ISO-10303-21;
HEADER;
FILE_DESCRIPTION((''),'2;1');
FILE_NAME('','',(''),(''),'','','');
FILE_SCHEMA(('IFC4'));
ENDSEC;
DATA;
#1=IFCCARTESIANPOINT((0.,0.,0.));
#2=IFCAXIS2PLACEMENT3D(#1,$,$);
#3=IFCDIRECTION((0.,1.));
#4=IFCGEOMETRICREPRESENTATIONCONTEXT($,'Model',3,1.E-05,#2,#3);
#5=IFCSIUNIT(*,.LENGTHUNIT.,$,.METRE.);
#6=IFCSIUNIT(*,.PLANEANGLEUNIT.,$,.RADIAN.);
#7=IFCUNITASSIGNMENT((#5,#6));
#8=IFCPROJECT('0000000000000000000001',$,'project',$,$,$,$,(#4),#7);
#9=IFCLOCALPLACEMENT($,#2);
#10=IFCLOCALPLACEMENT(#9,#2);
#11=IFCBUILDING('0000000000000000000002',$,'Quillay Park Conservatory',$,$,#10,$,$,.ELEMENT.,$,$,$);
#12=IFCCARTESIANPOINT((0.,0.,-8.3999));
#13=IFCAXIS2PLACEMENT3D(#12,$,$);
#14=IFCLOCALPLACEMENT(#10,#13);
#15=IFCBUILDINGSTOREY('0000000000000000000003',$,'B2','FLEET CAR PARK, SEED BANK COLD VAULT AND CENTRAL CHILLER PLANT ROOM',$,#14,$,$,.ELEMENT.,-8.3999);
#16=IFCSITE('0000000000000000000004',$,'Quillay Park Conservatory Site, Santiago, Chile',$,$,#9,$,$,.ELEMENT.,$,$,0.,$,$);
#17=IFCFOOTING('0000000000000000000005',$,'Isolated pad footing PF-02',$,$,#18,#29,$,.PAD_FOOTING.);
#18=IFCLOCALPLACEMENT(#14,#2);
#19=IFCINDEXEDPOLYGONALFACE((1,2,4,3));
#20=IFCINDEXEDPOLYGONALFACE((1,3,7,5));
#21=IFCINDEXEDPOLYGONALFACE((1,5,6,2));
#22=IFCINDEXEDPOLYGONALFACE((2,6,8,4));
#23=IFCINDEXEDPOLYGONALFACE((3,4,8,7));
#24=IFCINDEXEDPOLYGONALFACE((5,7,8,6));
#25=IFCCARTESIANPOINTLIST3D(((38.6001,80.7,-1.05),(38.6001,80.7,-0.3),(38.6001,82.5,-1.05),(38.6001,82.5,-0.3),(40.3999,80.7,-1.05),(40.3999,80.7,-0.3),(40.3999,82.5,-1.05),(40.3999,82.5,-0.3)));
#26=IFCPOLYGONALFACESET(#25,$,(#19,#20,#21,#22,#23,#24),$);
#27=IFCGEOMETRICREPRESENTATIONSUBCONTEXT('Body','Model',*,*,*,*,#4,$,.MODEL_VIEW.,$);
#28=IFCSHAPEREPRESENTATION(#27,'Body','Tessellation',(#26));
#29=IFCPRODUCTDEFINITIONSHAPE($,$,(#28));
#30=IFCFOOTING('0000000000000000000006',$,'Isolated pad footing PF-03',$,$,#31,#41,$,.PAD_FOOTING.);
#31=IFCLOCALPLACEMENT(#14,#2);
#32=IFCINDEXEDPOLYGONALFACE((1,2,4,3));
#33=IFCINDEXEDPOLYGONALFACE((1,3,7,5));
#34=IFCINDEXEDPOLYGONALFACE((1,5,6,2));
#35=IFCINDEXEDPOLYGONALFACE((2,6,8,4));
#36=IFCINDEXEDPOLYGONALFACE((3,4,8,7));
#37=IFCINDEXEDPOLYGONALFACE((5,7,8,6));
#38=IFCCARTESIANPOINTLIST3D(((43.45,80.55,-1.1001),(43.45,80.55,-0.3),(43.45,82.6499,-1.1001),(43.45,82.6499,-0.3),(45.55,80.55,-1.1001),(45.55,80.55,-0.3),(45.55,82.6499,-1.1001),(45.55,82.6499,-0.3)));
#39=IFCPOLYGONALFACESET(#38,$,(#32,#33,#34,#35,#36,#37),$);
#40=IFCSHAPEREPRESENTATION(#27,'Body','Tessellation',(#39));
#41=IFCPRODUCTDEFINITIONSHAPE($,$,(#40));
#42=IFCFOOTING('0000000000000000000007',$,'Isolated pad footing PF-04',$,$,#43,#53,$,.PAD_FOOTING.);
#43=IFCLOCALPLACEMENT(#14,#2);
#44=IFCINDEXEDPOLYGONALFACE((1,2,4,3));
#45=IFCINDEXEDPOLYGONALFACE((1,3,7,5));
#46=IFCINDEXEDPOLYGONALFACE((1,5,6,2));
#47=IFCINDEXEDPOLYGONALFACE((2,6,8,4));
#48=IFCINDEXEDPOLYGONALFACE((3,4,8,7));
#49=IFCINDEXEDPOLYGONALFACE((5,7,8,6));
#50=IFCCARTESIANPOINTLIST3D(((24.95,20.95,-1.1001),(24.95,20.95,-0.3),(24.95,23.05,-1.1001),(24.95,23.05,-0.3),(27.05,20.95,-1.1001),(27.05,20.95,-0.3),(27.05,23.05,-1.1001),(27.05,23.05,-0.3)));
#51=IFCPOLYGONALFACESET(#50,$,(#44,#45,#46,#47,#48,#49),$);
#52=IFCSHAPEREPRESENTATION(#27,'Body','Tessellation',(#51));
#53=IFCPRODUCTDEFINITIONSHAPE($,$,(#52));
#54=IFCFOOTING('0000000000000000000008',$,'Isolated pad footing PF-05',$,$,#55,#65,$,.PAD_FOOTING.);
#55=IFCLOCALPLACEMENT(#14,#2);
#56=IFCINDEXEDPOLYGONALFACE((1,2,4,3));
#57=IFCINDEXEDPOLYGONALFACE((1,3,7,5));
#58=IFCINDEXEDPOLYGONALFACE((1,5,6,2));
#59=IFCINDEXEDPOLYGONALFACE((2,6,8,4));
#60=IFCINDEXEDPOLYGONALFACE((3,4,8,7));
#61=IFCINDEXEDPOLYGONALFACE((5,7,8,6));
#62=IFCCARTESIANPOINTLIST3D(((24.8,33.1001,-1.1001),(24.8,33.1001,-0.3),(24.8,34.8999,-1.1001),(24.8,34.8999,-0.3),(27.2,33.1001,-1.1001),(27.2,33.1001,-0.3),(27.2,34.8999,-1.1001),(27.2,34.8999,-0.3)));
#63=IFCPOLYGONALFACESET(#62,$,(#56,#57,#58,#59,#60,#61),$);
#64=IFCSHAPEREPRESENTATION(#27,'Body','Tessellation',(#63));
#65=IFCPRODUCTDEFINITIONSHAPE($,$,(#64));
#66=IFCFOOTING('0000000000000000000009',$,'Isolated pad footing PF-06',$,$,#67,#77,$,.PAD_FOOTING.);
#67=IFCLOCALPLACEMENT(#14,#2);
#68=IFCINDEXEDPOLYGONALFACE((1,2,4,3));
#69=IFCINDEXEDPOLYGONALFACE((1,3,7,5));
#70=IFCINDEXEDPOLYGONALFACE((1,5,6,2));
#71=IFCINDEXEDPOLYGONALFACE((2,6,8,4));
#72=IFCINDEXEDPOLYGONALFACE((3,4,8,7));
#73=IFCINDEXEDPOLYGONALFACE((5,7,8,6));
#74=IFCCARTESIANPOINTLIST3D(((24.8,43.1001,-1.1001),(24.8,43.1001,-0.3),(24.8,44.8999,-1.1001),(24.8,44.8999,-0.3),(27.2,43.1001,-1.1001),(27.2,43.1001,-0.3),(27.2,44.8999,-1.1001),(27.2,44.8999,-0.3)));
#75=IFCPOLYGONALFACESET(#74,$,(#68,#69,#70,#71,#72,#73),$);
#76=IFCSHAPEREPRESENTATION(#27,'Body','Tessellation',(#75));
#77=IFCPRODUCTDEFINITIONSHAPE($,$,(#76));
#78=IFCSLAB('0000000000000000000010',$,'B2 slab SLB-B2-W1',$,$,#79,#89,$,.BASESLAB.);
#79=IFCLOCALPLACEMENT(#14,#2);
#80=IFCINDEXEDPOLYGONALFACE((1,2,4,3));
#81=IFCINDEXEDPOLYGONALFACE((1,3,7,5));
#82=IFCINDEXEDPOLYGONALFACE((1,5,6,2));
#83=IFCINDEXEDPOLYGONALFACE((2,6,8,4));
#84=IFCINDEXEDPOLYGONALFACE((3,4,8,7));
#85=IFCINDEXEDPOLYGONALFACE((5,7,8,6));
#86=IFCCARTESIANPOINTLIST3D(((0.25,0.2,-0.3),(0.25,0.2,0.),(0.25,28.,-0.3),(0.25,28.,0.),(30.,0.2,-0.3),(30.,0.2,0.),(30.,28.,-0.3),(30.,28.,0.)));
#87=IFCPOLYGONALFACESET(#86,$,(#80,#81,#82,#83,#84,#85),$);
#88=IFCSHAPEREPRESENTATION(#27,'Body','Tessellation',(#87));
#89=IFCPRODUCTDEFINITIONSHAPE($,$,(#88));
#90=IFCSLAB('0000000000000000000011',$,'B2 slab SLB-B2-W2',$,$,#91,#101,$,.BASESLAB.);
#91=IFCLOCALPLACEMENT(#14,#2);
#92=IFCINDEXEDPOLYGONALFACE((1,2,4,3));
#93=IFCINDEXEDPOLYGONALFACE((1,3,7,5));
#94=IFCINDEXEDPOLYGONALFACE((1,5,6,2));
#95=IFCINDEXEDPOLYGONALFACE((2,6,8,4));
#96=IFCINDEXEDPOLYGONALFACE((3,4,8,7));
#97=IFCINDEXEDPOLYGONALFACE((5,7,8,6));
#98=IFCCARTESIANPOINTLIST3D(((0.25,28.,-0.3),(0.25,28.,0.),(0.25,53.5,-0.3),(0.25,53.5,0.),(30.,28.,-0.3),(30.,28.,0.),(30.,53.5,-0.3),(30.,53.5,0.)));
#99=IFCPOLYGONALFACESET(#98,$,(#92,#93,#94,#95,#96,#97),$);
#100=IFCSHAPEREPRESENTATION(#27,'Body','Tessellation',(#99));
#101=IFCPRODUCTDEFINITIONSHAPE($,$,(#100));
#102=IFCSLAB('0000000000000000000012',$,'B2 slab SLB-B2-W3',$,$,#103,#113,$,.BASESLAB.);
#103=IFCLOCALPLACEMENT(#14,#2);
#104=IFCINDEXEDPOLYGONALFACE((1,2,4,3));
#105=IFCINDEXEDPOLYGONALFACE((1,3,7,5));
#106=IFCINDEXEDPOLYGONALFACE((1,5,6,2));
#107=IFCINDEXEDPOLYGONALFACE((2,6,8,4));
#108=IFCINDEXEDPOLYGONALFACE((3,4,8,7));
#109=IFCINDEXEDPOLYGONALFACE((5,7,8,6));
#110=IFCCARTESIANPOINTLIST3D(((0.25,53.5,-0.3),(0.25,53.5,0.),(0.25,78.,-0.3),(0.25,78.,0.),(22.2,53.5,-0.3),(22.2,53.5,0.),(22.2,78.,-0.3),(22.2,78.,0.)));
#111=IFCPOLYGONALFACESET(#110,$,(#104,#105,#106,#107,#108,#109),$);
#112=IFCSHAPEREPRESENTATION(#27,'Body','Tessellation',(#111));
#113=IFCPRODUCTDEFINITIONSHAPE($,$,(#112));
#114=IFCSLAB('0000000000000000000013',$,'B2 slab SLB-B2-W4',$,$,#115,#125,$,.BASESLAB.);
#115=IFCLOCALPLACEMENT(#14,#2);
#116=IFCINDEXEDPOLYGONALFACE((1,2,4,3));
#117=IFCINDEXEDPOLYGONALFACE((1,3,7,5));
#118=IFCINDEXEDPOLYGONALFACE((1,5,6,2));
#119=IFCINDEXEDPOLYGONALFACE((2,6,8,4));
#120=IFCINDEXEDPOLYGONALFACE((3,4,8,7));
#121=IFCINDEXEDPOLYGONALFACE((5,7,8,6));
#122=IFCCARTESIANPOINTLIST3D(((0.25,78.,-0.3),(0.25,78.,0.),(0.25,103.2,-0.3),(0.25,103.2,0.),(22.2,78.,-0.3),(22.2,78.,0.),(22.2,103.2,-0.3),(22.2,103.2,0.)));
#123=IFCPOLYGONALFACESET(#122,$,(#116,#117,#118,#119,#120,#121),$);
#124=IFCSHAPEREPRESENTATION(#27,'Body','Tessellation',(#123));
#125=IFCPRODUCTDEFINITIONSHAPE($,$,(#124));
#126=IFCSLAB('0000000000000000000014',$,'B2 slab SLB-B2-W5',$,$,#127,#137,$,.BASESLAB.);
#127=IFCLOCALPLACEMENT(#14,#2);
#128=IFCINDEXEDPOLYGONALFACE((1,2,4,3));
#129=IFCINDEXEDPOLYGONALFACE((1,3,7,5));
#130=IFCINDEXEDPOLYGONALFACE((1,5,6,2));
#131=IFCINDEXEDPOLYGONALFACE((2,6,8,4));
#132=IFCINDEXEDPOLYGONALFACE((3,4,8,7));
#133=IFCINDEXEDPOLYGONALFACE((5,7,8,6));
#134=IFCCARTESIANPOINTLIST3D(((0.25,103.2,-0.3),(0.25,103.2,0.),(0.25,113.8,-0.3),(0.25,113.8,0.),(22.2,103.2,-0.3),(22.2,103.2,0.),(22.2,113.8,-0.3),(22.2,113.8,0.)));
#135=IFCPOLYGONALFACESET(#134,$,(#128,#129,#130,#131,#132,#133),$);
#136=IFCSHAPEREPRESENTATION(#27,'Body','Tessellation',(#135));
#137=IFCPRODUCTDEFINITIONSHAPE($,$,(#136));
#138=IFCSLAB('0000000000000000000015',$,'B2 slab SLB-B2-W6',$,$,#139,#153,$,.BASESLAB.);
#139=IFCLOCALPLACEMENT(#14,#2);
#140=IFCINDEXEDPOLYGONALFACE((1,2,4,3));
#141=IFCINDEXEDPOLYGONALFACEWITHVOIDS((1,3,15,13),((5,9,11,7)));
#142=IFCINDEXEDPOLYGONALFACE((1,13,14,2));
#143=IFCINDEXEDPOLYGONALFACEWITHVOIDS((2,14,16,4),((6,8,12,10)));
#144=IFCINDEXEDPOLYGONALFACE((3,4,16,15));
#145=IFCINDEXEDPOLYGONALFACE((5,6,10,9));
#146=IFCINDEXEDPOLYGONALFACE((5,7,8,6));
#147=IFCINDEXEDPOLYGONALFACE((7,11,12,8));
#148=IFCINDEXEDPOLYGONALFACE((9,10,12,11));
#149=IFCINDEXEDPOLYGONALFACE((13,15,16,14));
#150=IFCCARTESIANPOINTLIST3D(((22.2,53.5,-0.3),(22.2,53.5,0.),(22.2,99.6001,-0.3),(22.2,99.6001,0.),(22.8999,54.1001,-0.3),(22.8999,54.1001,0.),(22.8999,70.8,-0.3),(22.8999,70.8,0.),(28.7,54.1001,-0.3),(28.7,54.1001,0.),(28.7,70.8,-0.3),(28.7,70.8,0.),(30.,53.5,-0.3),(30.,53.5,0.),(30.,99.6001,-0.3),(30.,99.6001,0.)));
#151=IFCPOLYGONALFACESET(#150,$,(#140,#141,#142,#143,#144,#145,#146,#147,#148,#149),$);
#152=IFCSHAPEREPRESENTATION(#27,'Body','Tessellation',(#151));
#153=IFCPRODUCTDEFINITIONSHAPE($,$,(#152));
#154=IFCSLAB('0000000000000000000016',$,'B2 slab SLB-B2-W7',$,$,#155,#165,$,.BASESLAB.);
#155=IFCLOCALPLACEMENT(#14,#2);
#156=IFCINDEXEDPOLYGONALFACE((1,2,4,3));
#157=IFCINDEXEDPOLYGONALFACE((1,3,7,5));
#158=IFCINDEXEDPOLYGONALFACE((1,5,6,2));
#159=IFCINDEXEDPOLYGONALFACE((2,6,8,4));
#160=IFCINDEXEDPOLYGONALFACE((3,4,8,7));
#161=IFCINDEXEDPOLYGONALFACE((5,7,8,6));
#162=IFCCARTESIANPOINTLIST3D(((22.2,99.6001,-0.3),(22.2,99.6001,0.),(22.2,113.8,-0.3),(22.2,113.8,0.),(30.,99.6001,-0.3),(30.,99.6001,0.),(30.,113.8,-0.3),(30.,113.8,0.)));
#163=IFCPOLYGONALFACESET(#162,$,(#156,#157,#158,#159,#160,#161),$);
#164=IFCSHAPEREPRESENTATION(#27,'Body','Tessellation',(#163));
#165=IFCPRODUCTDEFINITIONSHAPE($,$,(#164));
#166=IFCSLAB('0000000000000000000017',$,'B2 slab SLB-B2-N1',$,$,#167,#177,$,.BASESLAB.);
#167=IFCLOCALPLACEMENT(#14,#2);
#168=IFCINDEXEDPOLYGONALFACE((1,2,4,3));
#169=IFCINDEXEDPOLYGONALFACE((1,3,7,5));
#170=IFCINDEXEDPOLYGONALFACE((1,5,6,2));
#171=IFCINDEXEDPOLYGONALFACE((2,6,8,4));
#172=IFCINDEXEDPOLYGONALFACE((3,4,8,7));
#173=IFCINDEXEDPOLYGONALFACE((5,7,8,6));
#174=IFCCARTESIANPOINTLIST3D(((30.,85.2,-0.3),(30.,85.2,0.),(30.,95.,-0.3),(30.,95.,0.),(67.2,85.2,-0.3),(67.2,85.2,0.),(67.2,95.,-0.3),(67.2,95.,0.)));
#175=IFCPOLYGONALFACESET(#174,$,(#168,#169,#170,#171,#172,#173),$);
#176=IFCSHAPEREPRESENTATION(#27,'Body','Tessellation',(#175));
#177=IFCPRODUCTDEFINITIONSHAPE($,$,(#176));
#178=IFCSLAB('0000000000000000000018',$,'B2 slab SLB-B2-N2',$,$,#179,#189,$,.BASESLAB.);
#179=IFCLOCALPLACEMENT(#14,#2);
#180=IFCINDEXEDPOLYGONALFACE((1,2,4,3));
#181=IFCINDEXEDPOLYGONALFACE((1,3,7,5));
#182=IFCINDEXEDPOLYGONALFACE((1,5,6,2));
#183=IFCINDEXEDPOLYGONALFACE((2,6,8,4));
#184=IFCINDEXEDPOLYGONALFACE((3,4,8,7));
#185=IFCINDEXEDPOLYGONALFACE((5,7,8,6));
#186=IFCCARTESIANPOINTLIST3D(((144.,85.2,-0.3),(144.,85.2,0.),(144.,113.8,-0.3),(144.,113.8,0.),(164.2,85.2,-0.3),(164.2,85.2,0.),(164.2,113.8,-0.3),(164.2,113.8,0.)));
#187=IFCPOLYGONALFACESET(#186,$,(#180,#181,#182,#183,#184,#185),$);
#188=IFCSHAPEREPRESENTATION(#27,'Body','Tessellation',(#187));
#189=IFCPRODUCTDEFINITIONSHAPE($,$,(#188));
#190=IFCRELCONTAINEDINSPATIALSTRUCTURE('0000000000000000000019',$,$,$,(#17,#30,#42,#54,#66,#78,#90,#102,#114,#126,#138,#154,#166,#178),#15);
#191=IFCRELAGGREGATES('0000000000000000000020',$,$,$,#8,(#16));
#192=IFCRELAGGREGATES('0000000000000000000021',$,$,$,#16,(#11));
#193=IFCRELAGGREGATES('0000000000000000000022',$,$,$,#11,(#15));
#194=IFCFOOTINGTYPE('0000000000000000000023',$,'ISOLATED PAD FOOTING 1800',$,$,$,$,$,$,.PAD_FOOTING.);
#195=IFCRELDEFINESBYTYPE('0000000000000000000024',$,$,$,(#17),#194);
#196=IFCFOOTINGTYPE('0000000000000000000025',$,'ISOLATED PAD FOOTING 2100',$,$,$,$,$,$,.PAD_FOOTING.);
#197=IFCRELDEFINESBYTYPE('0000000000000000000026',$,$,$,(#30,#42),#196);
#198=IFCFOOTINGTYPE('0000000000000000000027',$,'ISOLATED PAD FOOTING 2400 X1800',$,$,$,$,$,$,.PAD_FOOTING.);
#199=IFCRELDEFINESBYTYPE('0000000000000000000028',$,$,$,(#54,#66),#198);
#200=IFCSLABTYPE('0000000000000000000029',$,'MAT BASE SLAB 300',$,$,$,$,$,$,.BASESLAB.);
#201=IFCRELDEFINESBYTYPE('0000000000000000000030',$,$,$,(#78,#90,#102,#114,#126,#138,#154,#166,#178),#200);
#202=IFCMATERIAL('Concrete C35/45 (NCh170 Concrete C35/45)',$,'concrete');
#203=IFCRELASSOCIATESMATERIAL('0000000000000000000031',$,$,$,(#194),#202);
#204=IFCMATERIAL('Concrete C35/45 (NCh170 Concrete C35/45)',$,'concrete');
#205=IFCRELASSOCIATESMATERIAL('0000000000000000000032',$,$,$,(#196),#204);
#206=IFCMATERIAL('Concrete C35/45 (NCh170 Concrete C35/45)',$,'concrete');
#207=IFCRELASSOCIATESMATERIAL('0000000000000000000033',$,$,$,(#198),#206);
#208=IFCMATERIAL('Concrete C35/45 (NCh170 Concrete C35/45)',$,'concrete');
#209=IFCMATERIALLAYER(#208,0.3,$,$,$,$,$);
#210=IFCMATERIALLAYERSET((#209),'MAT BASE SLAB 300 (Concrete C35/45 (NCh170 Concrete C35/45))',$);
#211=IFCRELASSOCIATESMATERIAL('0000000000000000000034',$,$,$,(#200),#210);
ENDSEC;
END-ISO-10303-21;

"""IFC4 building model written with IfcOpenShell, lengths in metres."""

from ifc_helpers import new_model, si_unit, direction, frame, origin, place, context, subcontext, project, spatial, polyline, outline, extrude, material, layer, layer_set, type_object, element, save


model = new_model("IFC4")

# Units and contexts
model_context = context("Model", 3, precision=1e-05, world=origin(), true_north=direction((0.0, 1.0)))
body_context = subcontext(model_context, "Body", "Model", "MODEL_VIEW")
ifc_project = project(units=[si_unit("LENGTHUNIT", "METRE"), si_unit("PLANEANGLEUNIT", "RADIAN")], contexts=[model_context])

# Site, building, storey
site_placement = place(None, origin())
site = spatial("IfcSite", under=ifc_project, at=site_placement, Name="Quillay Park Conservatory Site, Santiago, Chile", CompositionType="ELEMENT", RefElevation=0.0)
building_placement = place(site_placement, origin())
building = spatial("IfcBuilding", under=site, at=building_placement, Name="Quillay Park Conservatory", CompositionType="ELEMENT")
storey_placement = place(building_placement, frame((0.0, 0.0, -8.3999)))
storey = spatial("IfcBuildingStorey", under=building, at=storey_placement, Name="B2", Description="FLEET CAR PARK, SEED BANK COLD VAULT AND CENTRAL CHILLER PLANT ROOM", CompositionType="ELEMENT", Elevation=-8.3999)

# Footings
ifc_material_1 = material(Name="Concrete C35/45 (NCh170 Concrete C35/45)", Category="concrete")
footing_type_1 = type_object("IfcFootingType", Name="ISOLATED PAD FOOTING 1800", PredefinedType="PAD_FOOTING", material=ifc_material_1)
footing_1_placement = place(storey_placement, frame((0.0, 0.0, -1.05)))
element("IfcFooting", 1, at=footing_1_placement, inside=storey, type_object=footing_type_1, Name="Isolated pad footing PF-02", PredefinedType="PAD_FOOTING", context=body_context, shape_type="SweptSolid", body=[
    extrude(outline(polyline([(38.6001, 80.7), (40.3999, 80.7), (40.3999, 82.5), (38.6001, 82.5), (38.6001, 80.7)])), origin(), (0.0, 0.0, 1.0), 0.75),
])
ifc_material_2 = material(Name="Concrete C35/45 (NCh170 Concrete C35/45)", Category="concrete")
footing_type_2 = type_object("IfcFootingType", Name="ISOLATED PAD FOOTING 2100", PredefinedType="PAD_FOOTING", material=ifc_material_2)
footing_2_placement = place(storey_placement, frame((0.0, 0.0, -1.1001)))
element("IfcFooting", 2, at=footing_2_placement, inside=storey, type_object=footing_type_2, Name="Isolated pad footing PF-03", PredefinedType="PAD_FOOTING", context=body_context, shape_type="SweptSolid", body=[
    extrude(outline(polyline([(43.45, 80.55), (45.55, 80.55), (45.55, 82.6499), (43.45, 82.6499), (43.45, 80.55)])), origin(), (0.0, 0.0, 1.0), 0.8),
])
footing_3_placement = place(storey_placement, frame((0.0, 0.0, -1.1001)))
element("IfcFooting", 3, at=footing_3_placement, inside=storey, type_object=footing_type_2, Name="Isolated pad footing PF-04", PredefinedType="PAD_FOOTING", context=body_context, shape_type="SweptSolid", body=[
    extrude(outline(polyline([(24.95, 20.95), (27.05, 20.95), (27.05, 23.05), (24.95, 23.05), (24.95, 20.95)])), origin(), (0.0, 0.0, 1.0), 0.8),
])
ifc_material_3 = material(Name="Concrete C35/45 (NCh170 Concrete C35/45)", Category="concrete")
footing_type_3 = type_object("IfcFootingType", Name="ISOLATED PAD FOOTING 2400 X1800", PredefinedType="PAD_FOOTING", material=ifc_material_3)
footing_4_placement = place(storey_placement, frame((0.0, 0.0, -1.1001)))
element("IfcFooting", 4, at=footing_4_placement, inside=storey, type_object=footing_type_3, Name="Isolated pad footing PF-05", PredefinedType="PAD_FOOTING", context=body_context, shape_type="SweptSolid", body=[
    extrude(outline(polyline([(24.8, 33.1001), (27.2, 33.1001), (27.2, 34.8999), (24.8, 34.8999), (24.8, 33.1001)])), origin(), (0.0, 0.0, 1.0), 0.8),
])
footing_5_placement = place(storey_placement, frame((0.0, 0.0, -1.1001)))
element("IfcFooting", 5, at=footing_5_placement, inside=storey, type_object=footing_type_3, Name="Isolated pad footing PF-06", PredefinedType="PAD_FOOTING", context=body_context, shape_type="SweptSolid", body=[
    extrude(outline(polyline([(24.8, 43.1001), (27.2, 43.1001), (27.2, 44.8999), (24.8, 44.8999), (24.8, 43.1001)])), origin(), (0.0, 0.0, 1.0), 0.8),
])

# Slabs
ifc_material_4 = material(Name="Concrete C35/45 (NCh170 Concrete C35/45)", Category="concrete")
ifc_layer_1 = layer(ifc_material_4, 0.3)
ifc_layer_set_1 = layer_set([ifc_layer_1], Name="MAT BASE SLAB 300 (Concrete C35/45 (NCh170 Concrete C35/45))")
slab_type_1 = type_object("IfcSlabType", Name="MAT BASE SLAB 300", PredefinedType="BASESLAB", material=ifc_layer_set_1)
slab_1_placement = place(storey_placement, frame((0.0, 0.0, -0.3)))
element("IfcSlab", 6, at=slab_1_placement, inside=storey, type_object=slab_type_1, Name="B2 slab SLB-B2-W1", PredefinedType="BASESLAB", context=body_context, shape_type="SweptSolid", body=[
    extrude(outline(polyline([(0.25, 0.2), (30.0, 0.2), (30.0, 28.0), (0.25, 28.0), (0.25, 0.2)])), origin(), (0.0, 0.0, 1.0), 0.3),
])
slab_2_placement = place(storey_placement, frame((0.0, 0.0, -0.3)))
element("IfcSlab", 7, at=slab_2_placement, inside=storey, type_object=slab_type_1, Name="B2 slab SLB-B2-W2", PredefinedType="BASESLAB", context=body_context, shape_type="SweptSolid", body=[
    extrude(outline(polyline([(0.25, 28.0), (30.0, 28.0), (30.0, 53.5), (0.25, 53.5), (0.25, 28.0)])), origin(), (0.0, 0.0, 1.0), 0.3),
])
slab_3_placement = place(storey_placement, frame((0.0, 0.0, -0.3)))
element("IfcSlab", 8, at=slab_3_placement, inside=storey, type_object=slab_type_1, Name="B2 slab SLB-B2-W3", PredefinedType="BASESLAB", context=body_context, shape_type="SweptSolid", body=[
    extrude(outline(polyline([(0.25, 53.5), (22.2, 53.5), (22.2, 78.0), (0.25, 78.0), (0.25, 53.5)])), origin(), (0.0, 0.0, 1.0), 0.3),
])
slab_4_placement = place(storey_placement, frame((0.0, 0.0, -0.3)))
element("IfcSlab", 9, at=slab_4_placement, inside=storey, type_object=slab_type_1, Name="B2 slab SLB-B2-W4", PredefinedType="BASESLAB", context=body_context, shape_type="SweptSolid", body=[
    extrude(outline(polyline([(0.25, 78.0), (22.2, 78.0), (22.2, 103.2), (0.25, 103.2), (0.25, 78.0)])), origin(), (0.0, 0.0, 1.0), 0.3),
])
slab_5_placement = place(storey_placement, frame((0.0, 0.0, -0.3)))
element("IfcSlab", 10, at=slab_5_placement, inside=storey, type_object=slab_type_1, Name="B2 slab SLB-B2-W5", PredefinedType="BASESLAB", context=body_context, shape_type="SweptSolid", body=[
    extrude(outline(polyline([(0.25, 103.2), (22.2, 103.2), (22.2, 113.8), (0.25, 113.8), (0.25, 103.2)])), origin(), (0.0, 0.0, 1.0), 0.3),
])
slab_6_placement = place(storey_placement, frame((0.0, 0.0, -0.3)))
element("IfcSlab", 11, at=slab_6_placement, inside=storey, type_object=slab_type_1, Name="B2 slab SLB-B2-W6", PredefinedType="BASESLAB", context=body_context, shape_type="SweptSolid", body=[
    extrude(outline(polyline([(22.2, 53.5), (30.0, 53.5), (30.0, 99.6001), (22.2, 99.6001), (22.2, 53.5)]), holes=[polyline([(22.8999, 54.1001), (28.7, 54.1001), (28.7, 70.8), (22.8999, 70.8), (22.8999, 54.1001)])]), origin(), (0.0, 0.0, 1.0), 0.3),
])
slab_7_placement = place(storey_placement, frame((0.0, 0.0, -0.3)))
element("IfcSlab", 12, at=slab_7_placement, inside=storey, type_object=slab_type_1, Name="B2 slab SLB-B2-W7", PredefinedType="BASESLAB", context=body_context, shape_type="SweptSolid", body=[
    extrude(outline(polyline([(22.2, 99.6001), (30.0, 99.6001), (30.0, 113.8), (22.2, 113.8), (22.2, 99.6001)])), origin(), (0.0, 0.0, 1.0), 0.3),
])
slab_8_placement = place(storey_placement, frame((0.0, 0.0, -0.3)))
element("IfcSlab", 13, at=slab_8_placement, inside=storey, type_object=slab_type_1, Name="B2 slab SLB-B2-N1", PredefinedType="BASESLAB", context=body_context, shape_type="SweptSolid", body=[
    extrude(outline(polyline([(30.0, 85.2), (67.2, 85.2), (67.2, 95.0), (30.0, 95.0), (30.0, 85.2)])), origin(), (0.0, 0.0, 1.0), 0.3),
])
slab_9_placement = place(storey_placement, frame((0.0, 0.0, -0.3)))
element("IfcSlab", 14, at=slab_9_placement, inside=storey, type_object=slab_type_1, Name="B2 slab SLB-B2-N2", PredefinedType="BASESLAB", context=body_context, shape_type="SweptSolid", body=[
    extrude(outline(polyline([(144.0, 85.2), (164.2, 85.2), (164.2, 113.8), (144.0, 113.8), (144.0, 85.2)])), origin(), (0.0, 0.0, 1.0), 0.3),
])

save(model, "model.ifc")
